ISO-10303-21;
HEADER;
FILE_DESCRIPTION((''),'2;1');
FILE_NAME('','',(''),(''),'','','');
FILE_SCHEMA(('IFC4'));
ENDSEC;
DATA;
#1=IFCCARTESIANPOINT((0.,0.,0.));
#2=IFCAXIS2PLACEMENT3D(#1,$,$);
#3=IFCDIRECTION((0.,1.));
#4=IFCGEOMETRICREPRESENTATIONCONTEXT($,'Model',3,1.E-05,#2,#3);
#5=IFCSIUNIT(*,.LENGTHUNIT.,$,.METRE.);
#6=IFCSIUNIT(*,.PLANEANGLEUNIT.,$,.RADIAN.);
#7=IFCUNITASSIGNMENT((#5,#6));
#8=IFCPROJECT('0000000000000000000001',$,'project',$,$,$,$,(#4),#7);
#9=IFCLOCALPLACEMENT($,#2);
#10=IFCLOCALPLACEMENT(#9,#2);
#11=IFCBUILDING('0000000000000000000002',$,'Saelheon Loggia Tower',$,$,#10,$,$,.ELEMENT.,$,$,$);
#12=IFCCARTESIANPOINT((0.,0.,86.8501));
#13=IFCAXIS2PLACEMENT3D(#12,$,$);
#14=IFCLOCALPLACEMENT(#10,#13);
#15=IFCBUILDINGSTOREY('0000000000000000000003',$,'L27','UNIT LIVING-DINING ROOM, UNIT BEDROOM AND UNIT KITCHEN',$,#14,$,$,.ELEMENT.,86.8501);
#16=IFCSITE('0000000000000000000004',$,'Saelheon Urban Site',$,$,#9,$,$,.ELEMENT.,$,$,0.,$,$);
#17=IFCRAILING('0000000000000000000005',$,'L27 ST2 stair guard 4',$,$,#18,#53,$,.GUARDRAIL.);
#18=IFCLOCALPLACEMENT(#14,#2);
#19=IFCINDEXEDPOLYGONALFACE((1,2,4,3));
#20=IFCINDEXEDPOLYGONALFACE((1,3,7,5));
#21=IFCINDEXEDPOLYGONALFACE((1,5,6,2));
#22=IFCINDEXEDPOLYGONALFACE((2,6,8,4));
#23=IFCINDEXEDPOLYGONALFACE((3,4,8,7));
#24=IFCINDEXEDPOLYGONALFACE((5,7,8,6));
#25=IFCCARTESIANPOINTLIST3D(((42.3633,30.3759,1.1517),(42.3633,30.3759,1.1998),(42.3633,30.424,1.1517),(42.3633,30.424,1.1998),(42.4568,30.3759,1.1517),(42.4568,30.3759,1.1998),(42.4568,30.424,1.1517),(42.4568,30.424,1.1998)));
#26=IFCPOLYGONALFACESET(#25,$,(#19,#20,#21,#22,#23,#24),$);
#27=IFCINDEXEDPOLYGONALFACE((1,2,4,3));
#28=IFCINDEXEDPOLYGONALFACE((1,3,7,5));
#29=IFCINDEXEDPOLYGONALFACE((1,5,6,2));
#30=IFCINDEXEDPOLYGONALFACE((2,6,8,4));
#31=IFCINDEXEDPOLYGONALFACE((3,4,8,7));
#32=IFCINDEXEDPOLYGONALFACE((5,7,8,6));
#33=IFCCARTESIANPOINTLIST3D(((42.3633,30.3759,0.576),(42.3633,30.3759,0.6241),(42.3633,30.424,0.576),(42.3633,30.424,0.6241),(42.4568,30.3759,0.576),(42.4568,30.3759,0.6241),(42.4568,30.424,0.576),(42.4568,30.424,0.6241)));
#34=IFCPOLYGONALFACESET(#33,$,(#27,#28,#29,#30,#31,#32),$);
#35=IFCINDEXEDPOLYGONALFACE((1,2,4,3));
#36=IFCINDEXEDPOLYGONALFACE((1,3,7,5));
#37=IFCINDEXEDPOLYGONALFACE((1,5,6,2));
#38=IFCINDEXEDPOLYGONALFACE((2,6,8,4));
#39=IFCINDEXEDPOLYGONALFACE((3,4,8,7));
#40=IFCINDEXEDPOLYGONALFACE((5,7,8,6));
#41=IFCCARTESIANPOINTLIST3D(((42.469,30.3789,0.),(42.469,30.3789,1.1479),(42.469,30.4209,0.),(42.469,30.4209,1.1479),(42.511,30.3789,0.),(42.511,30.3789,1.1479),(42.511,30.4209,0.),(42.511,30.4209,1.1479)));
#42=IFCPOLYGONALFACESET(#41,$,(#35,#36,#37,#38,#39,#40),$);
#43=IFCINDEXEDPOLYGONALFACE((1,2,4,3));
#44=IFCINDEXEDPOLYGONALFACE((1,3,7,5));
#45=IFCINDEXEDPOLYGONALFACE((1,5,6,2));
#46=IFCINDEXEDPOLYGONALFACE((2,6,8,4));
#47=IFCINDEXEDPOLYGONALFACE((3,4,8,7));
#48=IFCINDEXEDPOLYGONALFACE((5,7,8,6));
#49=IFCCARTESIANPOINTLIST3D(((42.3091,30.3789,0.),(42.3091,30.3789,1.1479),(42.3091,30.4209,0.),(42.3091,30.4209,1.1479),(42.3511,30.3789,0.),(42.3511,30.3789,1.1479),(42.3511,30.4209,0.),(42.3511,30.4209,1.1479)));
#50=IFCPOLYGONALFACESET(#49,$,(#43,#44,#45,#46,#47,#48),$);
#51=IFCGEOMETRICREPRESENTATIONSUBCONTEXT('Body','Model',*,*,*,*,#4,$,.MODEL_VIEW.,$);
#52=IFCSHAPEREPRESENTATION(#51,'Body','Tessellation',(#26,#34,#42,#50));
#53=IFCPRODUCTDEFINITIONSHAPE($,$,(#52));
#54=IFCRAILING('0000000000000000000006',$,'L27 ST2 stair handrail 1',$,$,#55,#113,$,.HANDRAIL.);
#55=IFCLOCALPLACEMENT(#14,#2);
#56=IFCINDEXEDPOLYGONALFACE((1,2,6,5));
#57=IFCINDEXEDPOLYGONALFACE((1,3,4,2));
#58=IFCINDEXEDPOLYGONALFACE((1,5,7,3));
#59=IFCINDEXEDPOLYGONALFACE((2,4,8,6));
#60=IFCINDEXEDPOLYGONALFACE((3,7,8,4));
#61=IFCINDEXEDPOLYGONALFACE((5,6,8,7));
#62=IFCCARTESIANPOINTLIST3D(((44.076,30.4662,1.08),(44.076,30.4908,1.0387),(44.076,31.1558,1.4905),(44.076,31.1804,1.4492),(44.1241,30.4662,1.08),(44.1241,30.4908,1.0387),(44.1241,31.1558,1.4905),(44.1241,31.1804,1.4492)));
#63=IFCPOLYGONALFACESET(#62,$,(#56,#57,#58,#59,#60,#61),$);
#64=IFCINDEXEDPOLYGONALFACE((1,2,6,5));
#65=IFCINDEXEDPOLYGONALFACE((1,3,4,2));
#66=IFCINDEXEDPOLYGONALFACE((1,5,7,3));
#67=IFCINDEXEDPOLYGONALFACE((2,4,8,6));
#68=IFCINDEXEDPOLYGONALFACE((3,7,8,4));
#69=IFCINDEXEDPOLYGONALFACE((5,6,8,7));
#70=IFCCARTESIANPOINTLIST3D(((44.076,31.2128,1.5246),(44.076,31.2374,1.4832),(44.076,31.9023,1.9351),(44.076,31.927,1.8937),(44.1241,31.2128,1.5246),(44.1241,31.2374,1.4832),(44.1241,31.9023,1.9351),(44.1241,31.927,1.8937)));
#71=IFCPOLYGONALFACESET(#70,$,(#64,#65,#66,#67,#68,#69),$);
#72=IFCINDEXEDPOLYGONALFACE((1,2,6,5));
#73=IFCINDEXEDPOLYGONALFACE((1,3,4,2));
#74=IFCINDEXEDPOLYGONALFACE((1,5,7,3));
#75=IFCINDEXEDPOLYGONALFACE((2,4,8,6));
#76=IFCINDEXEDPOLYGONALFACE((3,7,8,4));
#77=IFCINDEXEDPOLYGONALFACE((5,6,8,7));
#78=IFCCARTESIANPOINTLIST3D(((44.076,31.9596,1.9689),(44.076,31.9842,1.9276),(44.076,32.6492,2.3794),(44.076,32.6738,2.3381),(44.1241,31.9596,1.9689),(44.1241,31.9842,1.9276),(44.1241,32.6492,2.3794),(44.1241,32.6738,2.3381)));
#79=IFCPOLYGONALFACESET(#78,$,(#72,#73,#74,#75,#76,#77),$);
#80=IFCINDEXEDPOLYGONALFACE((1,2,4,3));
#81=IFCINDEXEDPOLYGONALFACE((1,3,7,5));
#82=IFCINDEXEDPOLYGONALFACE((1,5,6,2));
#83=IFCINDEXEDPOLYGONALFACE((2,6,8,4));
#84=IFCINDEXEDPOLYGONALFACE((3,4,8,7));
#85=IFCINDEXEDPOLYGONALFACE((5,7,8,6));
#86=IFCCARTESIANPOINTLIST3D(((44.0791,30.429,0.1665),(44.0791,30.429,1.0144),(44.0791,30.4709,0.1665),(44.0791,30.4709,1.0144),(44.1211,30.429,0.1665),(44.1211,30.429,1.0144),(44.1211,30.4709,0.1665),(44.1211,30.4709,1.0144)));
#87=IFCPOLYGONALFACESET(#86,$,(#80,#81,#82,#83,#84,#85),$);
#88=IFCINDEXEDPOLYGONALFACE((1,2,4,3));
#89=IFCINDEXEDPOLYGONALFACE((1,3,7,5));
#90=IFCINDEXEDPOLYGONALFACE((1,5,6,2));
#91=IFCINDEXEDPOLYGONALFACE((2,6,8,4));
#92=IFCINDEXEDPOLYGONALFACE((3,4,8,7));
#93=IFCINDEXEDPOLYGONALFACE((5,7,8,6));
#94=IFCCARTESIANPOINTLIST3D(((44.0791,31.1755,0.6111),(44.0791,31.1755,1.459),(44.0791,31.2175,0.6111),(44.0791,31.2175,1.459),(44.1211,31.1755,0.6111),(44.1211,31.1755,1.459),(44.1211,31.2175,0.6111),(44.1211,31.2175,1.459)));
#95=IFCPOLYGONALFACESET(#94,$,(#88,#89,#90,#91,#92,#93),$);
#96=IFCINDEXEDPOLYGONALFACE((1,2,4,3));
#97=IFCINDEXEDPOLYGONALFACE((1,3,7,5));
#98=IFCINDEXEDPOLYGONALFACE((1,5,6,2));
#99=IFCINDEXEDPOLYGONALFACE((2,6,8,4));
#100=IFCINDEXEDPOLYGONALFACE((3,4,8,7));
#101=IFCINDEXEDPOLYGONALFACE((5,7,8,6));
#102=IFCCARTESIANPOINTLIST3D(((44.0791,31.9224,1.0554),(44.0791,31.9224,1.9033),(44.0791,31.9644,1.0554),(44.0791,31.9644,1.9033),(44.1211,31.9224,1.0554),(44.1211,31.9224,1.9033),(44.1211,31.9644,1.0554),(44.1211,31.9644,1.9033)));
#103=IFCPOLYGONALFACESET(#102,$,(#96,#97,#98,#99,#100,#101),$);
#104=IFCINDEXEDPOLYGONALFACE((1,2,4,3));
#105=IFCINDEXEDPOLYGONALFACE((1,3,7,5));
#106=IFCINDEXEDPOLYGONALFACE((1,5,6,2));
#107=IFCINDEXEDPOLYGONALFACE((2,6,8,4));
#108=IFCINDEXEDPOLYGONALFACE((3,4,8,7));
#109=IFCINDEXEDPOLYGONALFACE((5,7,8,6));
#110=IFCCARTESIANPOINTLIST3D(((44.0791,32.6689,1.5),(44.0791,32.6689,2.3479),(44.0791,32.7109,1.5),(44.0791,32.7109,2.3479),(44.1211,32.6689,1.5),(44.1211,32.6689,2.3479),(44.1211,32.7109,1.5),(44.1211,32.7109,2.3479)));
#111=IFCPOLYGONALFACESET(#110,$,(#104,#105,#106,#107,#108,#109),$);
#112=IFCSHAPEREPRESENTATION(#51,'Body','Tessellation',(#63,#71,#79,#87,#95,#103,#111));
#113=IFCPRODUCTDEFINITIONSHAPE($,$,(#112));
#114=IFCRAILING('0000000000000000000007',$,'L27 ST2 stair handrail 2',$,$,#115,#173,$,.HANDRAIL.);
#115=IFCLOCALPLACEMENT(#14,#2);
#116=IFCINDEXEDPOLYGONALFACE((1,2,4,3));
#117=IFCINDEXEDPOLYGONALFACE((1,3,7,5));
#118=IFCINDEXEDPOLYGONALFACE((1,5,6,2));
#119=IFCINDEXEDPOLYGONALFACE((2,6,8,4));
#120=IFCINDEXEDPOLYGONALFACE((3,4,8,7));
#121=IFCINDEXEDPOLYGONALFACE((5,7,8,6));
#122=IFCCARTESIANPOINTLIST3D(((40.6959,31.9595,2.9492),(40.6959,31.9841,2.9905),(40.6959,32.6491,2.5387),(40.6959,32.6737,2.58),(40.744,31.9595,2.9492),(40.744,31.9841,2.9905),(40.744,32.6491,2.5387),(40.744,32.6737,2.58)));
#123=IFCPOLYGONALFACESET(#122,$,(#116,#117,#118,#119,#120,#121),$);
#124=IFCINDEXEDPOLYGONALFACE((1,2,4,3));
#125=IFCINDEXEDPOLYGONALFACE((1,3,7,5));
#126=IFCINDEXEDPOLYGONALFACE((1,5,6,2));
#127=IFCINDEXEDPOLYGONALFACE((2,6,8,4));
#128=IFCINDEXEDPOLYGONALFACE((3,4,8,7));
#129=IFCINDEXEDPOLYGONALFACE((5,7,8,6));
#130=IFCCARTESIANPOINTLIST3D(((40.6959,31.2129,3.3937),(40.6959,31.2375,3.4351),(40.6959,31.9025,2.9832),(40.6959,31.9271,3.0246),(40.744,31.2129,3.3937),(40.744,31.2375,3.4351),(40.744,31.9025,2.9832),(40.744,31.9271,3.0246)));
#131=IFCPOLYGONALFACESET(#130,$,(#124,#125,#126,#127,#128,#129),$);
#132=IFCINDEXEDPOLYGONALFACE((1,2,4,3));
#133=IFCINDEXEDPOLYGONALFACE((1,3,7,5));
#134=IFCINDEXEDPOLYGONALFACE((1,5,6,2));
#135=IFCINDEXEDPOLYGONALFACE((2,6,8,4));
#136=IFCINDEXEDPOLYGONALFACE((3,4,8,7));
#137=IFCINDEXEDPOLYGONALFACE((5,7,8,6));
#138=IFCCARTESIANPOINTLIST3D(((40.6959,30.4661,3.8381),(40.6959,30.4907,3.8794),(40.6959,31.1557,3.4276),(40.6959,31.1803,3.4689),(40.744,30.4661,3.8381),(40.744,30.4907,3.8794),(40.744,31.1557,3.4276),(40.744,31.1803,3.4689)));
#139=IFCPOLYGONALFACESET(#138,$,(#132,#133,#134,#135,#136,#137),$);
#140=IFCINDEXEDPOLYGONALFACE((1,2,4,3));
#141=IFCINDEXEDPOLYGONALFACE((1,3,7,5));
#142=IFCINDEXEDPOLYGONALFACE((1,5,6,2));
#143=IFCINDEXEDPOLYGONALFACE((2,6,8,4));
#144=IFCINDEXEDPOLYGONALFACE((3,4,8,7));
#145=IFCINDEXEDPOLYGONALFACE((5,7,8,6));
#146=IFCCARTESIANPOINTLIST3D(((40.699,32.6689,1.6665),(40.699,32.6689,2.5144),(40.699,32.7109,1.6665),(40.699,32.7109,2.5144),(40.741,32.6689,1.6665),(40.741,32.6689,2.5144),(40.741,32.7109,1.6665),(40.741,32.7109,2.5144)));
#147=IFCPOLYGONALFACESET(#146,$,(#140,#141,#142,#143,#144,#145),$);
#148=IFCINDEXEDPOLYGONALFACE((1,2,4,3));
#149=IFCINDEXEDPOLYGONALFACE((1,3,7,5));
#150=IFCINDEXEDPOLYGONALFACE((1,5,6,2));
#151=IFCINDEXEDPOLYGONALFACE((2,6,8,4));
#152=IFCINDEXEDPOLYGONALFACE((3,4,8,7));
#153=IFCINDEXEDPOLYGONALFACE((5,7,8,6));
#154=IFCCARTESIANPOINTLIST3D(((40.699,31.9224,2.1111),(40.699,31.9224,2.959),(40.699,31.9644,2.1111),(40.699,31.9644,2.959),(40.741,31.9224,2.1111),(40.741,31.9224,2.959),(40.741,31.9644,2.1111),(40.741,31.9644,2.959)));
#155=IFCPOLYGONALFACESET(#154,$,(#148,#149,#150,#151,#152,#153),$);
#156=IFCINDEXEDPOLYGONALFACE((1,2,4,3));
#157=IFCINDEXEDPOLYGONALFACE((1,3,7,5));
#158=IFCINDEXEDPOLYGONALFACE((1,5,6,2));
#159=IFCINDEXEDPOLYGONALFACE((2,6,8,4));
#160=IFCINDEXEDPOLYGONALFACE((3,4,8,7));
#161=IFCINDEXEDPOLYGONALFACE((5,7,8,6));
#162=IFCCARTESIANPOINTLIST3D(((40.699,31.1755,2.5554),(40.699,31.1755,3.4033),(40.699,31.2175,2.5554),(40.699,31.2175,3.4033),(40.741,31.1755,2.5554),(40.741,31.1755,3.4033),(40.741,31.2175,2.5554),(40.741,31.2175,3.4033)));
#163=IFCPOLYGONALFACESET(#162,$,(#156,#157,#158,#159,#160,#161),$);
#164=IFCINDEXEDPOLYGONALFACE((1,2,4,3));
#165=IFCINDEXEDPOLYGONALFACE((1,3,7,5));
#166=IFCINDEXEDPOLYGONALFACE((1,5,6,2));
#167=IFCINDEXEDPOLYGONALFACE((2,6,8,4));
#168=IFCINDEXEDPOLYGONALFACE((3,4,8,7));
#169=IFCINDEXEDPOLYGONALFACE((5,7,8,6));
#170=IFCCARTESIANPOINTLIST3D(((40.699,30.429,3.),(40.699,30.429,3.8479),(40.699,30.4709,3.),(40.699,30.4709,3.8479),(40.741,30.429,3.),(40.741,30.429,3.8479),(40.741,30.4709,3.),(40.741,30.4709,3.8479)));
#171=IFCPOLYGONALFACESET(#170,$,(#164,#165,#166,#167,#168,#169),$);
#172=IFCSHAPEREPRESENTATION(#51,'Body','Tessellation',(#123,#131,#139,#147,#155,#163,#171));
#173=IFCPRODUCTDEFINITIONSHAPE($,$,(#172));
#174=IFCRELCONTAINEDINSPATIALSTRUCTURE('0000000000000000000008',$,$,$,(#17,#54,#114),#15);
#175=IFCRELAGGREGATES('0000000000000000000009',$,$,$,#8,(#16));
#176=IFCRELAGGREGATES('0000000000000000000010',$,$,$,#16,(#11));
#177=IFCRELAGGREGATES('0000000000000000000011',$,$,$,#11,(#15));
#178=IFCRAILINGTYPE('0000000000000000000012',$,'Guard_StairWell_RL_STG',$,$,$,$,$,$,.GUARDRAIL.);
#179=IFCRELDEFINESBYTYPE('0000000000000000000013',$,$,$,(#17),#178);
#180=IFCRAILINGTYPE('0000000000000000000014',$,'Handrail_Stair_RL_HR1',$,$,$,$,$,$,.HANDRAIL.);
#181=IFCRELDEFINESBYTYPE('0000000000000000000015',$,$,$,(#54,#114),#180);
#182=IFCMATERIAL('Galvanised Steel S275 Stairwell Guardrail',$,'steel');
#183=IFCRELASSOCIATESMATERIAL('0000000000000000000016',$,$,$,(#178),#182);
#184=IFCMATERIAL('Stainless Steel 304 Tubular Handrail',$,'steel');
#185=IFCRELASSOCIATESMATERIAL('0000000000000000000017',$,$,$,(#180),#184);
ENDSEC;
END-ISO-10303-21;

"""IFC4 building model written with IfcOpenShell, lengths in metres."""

from ifc_helpers import new_model, si_unit, direction, frame, origin, origin_2d, place, context, subcontext, project, spatial, rectangle, extrude, material, type_object, element, save


model = new_model("IFC4")

# Units and contexts
model_context = context("Model", 3, precision=1e-05, world=origin(), true_north=direction((0.0, 1.0)))
body_context = subcontext(model_context, "Body", "Model", "MODEL_VIEW")
ifc_project = project(units=[si_unit("LENGTHUNIT", "METRE"), si_unit("PLANEANGLEUNIT", "RADIAN")], contexts=[model_context])

# Site, building, storey
site_placement = place(None, origin())
site = spatial("IfcSite", under=ifc_project, at=site_placement, Name="Saelheon Urban Site", CompositionType="ELEMENT", RefElevation=0.0)
building_placement = place(site_placement, origin())
building = spatial("IfcBuilding", under=site, at=building_placement, Name="Saelheon Loggia Tower", CompositionType="ELEMENT")
storey_placement = place(building_placement, frame((0.0, 0.0, 86.8501)))
storey = spatial("IfcBuildingStorey", under=building, at=storey_placement, Name="L27", Description="UNIT LIVING-DINING ROOM, UNIT BEDROOM AND UNIT KITCHEN", CompositionType="ELEMENT", Elevation=86.8501)

# Railings
ifc_material_1 = material(Name="Galvanised Steel S275 Stairwell Guardrail", Category="steel")
railing_type_1 = type_object("IfcRailingType", Name="Guard_StairWell_RL_STG", PredefinedType="GUARDRAIL", material=ifc_material_1)
railing_1_placement = place(storey_placement, frame((42.49, 30.3999, 0.0)))
element("IfcRailing", 1, at=railing_1_placement, inside=storey, type_object=railing_type_1, Name="L27 ST2 stair guard 4", PredefinedType="GUARDRAIL", context=body_context, shape_type="SweptSolid", body=[
    extrude(rectangle(XDim=0.0481, YDim=0.0481, at=origin_2d()), frame((-0.0332, 0.0, 1.1758), z_axis=(-1.0, 0.0, 0.0), x_axis=(0.0, -1.0, 0.0)), (0.0, 0.0, 1.0), 0.0935),
    extrude(rectangle(XDim=0.0481, YDim=0.0481, at=origin_2d()), frame((-0.0332, 0.0, 0.6001), z_axis=(-1.0, 0.0, 0.0), x_axis=(0.0, -1.0, 0.0)), (0.0, 0.0, 1.0), 0.0935),
    extrude(rectangle(XDim=0.042, YDim=0.042, at=origin_2d()), origin(), (0.0, 0.0, 1.0), 1.1479),
    extrude(rectangle(XDim=0.042, YDim=0.042, at=origin_2d()), frame((-0.1599, 0.0, 0.0)), (0.0, 0.0, 1.0), 1.1479),
])
ifc_material_2 = material(Name="Stainless Steel 304 Tubular Handrail", Category="steel")
railing_type_2 = type_object("IfcRailingType", Name="Handrail_Stair_RL_HR1", PredefinedType="HANDRAIL", material=ifc_material_2)
railing_2_placement = place(storey_placement, frame((44.1001, 30.45, 0.1665)))
element("IfcRailing", 2, at=railing_2_placement, inside=storey, type_object=railing_type_2, Name="L27 ST2 stair handrail 1", PredefinedType="HANDRAIL", context=body_context, shape_type="SweptSolid", body=[
    extrude(rectangle(XDim=0.0481, YDim=0.0481, at=origin_2d()), frame((0.0, 0.0286, 0.8928), z_axis=(0.0, 0.859264, 0.511532), x_axis=(-1.0, 0.0, 0.0)), (0.0, 0.0, 1.0), 0.8025),
    extrude(rectangle(XDim=0.0481, YDim=0.0481, at=origin_2d()), frame((0.0, 0.7751, 1.3374), z_axis=(0.0, 0.859264, 0.511532), x_axis=(-1.0, 0.0, 0.0)), (0.0, 0.0, 1.0), 0.8025),
    extrude(rectangle(XDim=0.0481, YDim=0.0481, at=origin_2d()), frame((0.0, 1.522, 1.7817), z_axis=(0.0, 0.859264, 0.511532), x_axis=(-1.0, 0.0, 0.0)), (0.0, 0.0, 1.0), 0.8025),
    extrude(rectangle(XDim=0.042, YDim=0.042, at=origin_2d()), origin(), (0.0, 0.0, 1.0), 0.8479),
    extrude(rectangle(XDim=0.042, YDim=0.042, at=origin_2d()), frame((0.0, 0.7466, 0.4446)), (0.0, 0.0, 1.0), 0.8479),
    extrude(rectangle(XDim=0.042, YDim=0.042, at=origin_2d()), frame((0.0, 1.4934, 0.8889)), (0.0, 0.0, 1.0), 0.8479),
    extrude(rectangle(XDim=0.042, YDim=0.042, at=origin_2d()), frame((0.0, 2.24, 1.3335)), (0.0, 0.0, 1.0), 0.8479),
])
railing_3_placement = place(storey_placement, frame((40.72, 32.6899, 1.6665)))
element("IfcRailing", 3, at=railing_3_placement, inside=storey, type_object=railing_type_2, Name="L27 ST2 stair handrail 2", PredefinedType="HANDRAIL", context=body_context, shape_type="SweptSolid", body=[
    extrude(rectangle(XDim=0.0481, YDim=0.0481, at=origin_2d()), frame((0.0, -0.0286, 0.8928), z_axis=(0.0, -0.859264, 0.511532), x_axis=(1.0, 0.0, 0.0)), (0.0, 0.0, 1.0), 0.8025),
    extrude(rectangle(XDim=0.0481, YDim=0.0481, at=origin_2d()), frame((0.0, -0.7751, 1.3374), z_axis=(0.0, -0.859264, 0.511532), x_axis=(1.0, 0.0, 0.0)), (0.0, 0.0, 1.0), 0.8025),
    extrude(rectangle(XDim=0.0481, YDim=0.0481, at=origin_2d()), frame((0.0, -1.522, 1.7817), z_axis=(0.0, -0.859264, 0.511532), x_axis=(1.0, 0.0, 0.0)), (0.0, 0.0, 1.0), 0.8025),
    extrude(rectangle(XDim=0.042, YDim=0.042, at=origin_2d()), origin(), (0.0, 0.0, 1.0), 0.8479),
    extrude(rectangle(XDim=0.042, YDim=0.042, at=origin_2d()), frame((0.0, -0.7466, 0.4446)), (0.0, 0.0, 1.0), 0.8479),
    extrude(rectangle(XDim=0.042, YDim=0.042, at=origin_2d()), frame((0.0, -1.4934, 0.8889)), (0.0, 0.0, 1.0), 0.8479),
    extrude(rectangle(XDim=0.042, YDim=0.042, at=origin_2d()), frame((0.0, -2.24, 1.3335)), (0.0, 0.0, 1.0), 0.8479),
])

save(model, "model.ifc")
